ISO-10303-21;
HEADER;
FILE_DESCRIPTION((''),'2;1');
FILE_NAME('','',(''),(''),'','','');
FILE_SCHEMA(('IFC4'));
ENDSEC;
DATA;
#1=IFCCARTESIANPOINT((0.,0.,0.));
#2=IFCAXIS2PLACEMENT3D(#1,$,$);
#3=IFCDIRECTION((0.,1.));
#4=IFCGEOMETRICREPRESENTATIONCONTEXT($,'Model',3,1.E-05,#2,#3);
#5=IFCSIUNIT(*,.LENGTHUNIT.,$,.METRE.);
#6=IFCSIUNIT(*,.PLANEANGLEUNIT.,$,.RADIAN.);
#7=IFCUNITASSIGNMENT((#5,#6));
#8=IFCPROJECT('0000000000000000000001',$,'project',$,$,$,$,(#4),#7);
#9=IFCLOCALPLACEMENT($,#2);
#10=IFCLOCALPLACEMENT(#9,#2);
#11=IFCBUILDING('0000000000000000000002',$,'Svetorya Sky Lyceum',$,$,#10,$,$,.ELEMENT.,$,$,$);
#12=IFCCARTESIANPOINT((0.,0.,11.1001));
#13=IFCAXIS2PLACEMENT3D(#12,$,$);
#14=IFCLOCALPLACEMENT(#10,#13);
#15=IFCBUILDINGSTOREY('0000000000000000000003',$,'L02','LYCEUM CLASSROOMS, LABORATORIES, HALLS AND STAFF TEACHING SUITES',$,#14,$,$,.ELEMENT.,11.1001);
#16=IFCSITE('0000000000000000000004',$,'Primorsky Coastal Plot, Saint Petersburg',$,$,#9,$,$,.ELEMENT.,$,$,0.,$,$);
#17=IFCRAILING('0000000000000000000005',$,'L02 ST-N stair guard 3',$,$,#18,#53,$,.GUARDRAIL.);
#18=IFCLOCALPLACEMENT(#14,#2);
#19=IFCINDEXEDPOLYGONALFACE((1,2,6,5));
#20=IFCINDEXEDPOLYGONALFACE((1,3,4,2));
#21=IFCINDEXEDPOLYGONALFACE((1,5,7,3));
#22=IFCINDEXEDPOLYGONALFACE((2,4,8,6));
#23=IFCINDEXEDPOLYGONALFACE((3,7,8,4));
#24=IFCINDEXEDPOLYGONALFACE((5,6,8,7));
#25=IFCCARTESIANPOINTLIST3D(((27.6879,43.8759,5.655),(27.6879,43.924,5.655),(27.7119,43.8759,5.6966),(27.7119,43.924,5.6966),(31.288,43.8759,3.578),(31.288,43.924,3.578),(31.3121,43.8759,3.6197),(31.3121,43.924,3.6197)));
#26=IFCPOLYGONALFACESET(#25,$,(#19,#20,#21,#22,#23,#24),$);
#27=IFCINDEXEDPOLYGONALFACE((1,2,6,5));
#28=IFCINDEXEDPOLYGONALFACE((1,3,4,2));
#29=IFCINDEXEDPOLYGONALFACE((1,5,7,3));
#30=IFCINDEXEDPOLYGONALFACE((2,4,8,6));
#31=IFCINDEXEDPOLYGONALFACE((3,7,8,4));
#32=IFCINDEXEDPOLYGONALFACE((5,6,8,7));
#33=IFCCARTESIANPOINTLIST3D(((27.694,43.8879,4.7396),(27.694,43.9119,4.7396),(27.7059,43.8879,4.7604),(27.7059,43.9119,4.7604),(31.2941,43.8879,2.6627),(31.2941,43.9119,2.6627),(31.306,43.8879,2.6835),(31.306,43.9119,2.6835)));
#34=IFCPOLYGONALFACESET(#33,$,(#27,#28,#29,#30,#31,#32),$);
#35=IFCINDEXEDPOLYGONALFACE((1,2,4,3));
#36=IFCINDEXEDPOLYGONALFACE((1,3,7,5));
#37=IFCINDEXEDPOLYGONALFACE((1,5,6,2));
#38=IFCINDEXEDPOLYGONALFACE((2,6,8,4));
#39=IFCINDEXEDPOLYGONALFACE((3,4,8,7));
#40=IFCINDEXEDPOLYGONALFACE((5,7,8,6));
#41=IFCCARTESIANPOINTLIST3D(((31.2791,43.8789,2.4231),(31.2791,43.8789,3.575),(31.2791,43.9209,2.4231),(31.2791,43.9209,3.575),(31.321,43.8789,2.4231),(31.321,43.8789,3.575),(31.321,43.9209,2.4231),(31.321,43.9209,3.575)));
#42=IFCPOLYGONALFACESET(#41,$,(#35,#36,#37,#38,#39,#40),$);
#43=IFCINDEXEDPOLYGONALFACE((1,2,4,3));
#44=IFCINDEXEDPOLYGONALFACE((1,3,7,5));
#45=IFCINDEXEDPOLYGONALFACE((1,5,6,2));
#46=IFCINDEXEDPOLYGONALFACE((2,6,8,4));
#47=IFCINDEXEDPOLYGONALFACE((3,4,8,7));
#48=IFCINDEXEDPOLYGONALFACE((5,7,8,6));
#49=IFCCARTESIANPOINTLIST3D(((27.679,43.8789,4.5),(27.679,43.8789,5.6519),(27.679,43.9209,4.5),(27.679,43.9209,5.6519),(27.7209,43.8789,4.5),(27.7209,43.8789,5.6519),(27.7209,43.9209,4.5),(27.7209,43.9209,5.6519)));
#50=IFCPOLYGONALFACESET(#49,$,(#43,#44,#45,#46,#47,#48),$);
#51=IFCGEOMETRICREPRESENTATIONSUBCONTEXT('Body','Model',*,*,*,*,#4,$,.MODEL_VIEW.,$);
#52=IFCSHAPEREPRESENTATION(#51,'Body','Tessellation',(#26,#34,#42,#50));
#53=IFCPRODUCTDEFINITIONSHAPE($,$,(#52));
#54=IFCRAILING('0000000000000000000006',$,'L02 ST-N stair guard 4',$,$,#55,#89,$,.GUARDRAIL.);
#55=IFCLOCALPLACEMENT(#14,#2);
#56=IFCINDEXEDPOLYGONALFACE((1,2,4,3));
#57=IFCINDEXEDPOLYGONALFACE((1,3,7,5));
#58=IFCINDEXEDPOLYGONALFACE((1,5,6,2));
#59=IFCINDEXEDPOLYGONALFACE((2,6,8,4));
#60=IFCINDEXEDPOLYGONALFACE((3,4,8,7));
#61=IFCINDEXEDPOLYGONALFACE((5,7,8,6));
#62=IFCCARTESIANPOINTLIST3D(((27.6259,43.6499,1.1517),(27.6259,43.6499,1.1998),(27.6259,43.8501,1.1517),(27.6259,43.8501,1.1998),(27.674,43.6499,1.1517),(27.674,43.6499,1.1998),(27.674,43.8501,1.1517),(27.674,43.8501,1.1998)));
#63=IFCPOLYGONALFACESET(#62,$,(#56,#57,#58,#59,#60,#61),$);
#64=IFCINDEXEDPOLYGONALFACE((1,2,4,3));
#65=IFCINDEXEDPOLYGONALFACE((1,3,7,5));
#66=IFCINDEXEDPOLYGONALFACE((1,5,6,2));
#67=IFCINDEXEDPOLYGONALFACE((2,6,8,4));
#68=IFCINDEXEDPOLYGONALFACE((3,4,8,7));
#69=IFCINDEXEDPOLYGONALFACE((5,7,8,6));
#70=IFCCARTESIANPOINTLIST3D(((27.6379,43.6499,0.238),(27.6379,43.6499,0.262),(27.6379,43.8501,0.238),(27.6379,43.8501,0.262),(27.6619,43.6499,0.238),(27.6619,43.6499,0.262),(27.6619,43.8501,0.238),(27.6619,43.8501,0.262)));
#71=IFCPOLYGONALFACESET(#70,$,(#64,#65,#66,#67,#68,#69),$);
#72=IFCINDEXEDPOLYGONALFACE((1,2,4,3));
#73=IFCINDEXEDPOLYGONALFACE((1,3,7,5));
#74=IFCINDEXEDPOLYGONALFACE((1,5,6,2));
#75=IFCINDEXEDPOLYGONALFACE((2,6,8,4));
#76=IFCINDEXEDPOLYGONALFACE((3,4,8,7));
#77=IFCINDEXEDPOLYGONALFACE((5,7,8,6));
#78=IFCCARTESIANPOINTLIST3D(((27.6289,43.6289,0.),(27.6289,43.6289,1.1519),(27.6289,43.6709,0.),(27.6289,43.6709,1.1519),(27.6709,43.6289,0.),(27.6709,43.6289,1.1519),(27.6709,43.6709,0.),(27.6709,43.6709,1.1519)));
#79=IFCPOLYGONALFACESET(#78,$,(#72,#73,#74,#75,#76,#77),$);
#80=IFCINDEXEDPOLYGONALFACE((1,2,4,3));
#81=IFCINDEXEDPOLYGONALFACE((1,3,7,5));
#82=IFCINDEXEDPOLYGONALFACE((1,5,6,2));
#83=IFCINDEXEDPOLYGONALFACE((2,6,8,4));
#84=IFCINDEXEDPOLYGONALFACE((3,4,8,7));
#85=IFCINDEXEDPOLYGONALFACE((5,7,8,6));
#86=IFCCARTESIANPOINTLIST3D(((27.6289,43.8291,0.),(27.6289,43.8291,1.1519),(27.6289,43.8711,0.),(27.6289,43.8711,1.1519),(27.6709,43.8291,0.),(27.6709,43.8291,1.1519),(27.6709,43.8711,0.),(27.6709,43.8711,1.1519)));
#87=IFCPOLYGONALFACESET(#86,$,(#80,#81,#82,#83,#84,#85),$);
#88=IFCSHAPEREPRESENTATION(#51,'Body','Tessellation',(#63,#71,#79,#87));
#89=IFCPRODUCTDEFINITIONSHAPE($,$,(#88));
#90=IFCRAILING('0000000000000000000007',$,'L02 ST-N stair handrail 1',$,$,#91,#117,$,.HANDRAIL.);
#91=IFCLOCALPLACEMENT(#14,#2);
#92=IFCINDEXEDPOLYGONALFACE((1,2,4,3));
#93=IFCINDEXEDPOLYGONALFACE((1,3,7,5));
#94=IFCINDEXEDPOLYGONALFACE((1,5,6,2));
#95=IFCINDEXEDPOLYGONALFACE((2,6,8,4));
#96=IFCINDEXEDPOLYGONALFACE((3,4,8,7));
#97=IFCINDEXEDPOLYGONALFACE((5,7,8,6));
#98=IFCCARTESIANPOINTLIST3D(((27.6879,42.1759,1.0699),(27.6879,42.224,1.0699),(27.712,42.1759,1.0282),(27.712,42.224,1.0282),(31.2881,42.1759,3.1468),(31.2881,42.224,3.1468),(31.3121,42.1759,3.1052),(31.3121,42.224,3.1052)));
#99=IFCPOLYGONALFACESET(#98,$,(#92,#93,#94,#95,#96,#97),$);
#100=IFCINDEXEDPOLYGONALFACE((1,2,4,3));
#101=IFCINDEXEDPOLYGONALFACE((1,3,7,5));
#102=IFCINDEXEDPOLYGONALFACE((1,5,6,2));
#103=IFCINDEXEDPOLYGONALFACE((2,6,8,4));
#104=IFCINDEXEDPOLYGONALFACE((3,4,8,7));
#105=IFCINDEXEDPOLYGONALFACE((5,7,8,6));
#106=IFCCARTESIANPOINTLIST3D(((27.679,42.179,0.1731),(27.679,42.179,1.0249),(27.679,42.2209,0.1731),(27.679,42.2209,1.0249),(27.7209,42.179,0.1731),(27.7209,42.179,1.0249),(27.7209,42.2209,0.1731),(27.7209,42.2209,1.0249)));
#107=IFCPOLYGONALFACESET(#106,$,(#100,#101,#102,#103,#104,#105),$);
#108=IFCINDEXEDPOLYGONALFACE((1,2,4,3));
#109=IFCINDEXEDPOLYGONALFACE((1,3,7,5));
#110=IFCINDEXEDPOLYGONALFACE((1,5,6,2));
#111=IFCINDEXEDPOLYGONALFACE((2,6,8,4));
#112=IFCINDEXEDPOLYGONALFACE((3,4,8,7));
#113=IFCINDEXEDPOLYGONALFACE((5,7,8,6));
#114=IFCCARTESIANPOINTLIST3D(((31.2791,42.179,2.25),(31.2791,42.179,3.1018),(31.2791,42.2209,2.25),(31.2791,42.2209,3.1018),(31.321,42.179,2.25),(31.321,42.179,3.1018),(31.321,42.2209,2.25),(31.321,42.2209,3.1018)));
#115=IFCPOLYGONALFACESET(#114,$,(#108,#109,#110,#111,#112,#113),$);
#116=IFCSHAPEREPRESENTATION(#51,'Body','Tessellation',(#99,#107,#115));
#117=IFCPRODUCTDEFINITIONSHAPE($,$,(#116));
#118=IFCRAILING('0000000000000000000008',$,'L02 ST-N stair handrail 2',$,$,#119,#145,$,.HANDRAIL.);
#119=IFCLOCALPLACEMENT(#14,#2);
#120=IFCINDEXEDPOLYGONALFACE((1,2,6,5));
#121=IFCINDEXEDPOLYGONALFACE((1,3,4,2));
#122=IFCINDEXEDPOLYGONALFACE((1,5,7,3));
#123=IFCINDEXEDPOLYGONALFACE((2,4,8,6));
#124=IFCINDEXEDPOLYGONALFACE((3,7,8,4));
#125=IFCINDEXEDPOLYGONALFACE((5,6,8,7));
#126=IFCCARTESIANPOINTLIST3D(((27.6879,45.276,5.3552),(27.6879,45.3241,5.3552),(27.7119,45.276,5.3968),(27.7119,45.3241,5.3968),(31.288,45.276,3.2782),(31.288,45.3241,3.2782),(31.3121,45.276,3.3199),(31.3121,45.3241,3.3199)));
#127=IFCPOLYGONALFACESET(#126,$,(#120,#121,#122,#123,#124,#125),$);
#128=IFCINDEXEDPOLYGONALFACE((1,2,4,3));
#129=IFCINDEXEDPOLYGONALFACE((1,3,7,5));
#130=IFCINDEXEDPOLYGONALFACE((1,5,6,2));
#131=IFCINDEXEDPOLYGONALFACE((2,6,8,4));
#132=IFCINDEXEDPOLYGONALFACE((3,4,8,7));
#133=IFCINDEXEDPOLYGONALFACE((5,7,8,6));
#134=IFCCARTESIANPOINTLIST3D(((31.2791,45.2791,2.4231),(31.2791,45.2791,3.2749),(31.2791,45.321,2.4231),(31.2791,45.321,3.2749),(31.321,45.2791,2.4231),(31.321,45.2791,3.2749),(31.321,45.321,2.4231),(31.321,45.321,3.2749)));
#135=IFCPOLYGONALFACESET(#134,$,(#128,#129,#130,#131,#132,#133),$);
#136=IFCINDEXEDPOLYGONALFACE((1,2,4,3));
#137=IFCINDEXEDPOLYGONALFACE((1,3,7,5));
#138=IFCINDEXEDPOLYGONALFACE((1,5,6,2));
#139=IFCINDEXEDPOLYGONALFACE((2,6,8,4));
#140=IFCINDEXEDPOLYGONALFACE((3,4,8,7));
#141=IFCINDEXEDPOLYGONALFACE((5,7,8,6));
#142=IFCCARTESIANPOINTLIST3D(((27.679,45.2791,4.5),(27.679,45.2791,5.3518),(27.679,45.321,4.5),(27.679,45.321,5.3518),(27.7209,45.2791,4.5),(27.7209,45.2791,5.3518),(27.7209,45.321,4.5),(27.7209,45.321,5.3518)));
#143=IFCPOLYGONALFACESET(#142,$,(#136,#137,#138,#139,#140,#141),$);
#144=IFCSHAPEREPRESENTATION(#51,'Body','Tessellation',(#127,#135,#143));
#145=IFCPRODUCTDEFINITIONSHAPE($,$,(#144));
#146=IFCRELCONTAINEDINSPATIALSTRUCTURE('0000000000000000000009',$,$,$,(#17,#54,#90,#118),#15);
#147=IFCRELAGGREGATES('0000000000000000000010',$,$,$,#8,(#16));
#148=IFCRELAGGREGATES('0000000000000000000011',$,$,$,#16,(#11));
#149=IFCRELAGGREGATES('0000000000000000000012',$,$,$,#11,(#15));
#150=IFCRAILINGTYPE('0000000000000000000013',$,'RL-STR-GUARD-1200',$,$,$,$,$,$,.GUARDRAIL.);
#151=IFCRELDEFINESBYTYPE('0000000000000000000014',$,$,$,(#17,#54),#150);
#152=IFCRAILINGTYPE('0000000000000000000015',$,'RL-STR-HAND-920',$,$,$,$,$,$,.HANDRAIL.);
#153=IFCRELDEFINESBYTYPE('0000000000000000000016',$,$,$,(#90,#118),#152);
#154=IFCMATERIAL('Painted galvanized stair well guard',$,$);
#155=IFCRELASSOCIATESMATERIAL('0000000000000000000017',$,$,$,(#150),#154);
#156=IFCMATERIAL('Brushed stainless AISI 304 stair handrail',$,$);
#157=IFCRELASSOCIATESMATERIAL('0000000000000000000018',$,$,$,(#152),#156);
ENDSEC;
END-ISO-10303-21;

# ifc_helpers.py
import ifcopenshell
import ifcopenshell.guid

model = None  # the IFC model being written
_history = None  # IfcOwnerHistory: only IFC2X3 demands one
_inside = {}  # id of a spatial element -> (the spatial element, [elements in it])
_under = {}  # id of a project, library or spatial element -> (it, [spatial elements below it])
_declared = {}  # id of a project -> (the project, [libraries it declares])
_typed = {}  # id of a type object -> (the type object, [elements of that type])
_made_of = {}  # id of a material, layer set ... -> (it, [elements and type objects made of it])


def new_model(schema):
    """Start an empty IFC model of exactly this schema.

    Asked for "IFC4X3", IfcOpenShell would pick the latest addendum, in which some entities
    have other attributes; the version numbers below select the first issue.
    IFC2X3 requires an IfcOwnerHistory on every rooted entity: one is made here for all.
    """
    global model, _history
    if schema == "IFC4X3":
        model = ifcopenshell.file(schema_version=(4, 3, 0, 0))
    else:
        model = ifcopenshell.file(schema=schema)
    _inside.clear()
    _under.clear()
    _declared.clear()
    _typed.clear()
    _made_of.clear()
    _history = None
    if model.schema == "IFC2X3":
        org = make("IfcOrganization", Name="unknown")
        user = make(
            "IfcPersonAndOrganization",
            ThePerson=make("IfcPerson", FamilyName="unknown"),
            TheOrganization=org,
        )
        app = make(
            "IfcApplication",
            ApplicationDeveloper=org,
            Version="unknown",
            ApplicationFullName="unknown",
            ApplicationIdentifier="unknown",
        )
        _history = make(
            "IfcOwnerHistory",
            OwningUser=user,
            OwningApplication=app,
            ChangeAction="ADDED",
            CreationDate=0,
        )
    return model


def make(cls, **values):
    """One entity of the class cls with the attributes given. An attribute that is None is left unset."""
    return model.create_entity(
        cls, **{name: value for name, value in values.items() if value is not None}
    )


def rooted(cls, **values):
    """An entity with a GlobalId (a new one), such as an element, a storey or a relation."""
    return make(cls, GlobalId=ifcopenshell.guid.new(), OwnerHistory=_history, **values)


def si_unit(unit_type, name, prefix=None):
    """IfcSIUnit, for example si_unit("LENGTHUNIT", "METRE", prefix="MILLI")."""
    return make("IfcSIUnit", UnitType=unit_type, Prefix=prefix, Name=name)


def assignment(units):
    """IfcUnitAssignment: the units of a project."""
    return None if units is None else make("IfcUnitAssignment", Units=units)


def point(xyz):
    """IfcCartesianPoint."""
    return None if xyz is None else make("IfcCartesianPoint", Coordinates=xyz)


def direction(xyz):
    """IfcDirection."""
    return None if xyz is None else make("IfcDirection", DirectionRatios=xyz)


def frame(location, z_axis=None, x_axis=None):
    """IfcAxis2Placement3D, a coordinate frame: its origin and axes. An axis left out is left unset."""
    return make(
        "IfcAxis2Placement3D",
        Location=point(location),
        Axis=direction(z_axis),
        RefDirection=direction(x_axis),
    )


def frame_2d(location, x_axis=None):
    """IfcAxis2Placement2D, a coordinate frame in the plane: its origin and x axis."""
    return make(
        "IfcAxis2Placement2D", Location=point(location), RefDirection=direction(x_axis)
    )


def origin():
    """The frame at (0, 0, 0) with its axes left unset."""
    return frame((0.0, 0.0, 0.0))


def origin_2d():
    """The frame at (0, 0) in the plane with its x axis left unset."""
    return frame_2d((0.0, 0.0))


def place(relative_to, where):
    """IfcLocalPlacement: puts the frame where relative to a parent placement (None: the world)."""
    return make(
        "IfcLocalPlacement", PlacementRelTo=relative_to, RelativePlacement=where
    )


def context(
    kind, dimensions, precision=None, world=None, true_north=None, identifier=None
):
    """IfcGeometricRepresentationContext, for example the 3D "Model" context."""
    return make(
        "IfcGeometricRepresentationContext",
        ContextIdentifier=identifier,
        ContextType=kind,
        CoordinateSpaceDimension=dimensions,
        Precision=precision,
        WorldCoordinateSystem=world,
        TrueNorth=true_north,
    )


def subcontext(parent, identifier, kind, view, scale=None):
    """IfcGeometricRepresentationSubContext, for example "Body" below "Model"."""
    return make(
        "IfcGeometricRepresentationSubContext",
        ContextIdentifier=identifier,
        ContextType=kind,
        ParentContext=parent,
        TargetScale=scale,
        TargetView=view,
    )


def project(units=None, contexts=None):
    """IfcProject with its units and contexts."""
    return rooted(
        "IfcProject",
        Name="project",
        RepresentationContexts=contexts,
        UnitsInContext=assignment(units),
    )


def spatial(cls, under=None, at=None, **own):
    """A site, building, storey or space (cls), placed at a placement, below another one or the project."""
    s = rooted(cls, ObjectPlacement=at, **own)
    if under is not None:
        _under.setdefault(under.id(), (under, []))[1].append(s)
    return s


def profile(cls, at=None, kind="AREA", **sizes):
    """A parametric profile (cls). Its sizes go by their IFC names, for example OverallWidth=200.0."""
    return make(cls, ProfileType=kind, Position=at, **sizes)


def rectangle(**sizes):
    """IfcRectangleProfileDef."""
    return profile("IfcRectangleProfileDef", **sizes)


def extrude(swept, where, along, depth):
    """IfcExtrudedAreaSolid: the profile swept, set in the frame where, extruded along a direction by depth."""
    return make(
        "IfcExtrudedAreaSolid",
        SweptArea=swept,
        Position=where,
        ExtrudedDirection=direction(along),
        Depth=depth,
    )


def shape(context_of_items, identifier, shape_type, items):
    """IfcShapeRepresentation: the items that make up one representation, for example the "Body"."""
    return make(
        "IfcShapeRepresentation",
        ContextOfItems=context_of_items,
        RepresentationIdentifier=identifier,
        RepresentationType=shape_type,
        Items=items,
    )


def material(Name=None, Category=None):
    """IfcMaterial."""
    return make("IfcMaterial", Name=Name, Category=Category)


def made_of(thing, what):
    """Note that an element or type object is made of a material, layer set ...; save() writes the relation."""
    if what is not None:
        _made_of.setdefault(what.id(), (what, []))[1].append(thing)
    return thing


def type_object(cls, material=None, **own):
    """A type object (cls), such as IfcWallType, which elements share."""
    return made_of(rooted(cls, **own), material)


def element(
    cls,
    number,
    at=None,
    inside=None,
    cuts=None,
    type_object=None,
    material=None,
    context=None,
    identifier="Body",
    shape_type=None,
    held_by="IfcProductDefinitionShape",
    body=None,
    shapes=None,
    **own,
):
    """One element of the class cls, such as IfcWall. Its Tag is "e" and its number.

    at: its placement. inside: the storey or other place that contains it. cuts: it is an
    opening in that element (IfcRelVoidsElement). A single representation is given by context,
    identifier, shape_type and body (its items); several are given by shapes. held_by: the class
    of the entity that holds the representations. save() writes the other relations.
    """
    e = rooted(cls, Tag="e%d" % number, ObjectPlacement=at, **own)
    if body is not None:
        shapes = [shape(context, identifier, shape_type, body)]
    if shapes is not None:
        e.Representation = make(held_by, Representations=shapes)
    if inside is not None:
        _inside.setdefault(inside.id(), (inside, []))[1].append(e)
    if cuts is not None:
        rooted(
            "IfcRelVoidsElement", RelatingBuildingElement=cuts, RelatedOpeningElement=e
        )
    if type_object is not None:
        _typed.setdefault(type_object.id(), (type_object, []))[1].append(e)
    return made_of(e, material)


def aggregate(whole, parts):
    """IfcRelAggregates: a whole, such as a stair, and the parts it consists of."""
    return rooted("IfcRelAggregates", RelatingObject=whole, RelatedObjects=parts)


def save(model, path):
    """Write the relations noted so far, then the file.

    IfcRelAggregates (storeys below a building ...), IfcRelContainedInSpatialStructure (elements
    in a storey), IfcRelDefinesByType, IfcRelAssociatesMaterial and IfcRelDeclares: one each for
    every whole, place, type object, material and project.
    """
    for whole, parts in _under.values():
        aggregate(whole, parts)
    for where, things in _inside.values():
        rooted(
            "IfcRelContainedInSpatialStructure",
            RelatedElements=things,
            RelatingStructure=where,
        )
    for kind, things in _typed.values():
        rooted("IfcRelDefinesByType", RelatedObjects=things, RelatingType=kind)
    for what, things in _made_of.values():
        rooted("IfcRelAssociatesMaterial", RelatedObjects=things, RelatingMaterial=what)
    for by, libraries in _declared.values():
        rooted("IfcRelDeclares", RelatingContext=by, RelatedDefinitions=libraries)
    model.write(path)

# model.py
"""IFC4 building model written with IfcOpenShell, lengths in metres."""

from ifc_helpers import new_model, si_unit, direction, frame, origin, origin_2d, place, context, subcontext, project, spatial, rectangle, extrude, material, type_object, element, save


model = new_model("IFC4")

# Units and contexts
model_context = context("Model", 3, precision=1e-05, world=origin(), true_north=direction((0.0, 1.0)))
body_context = subcontext(model_context, "Body", "Model", "MODEL_VIEW")
ifc_project = project(units=[si_unit("LENGTHUNIT", "METRE"), si_unit("PLANEANGLEUNIT", "RADIAN")], contexts=[model_context])

# Site, building, storey
site_placement = place(None, origin())
site = spatial("IfcSite", under=ifc_project, at=site_placement, Name="Primorsky Coastal Plot, Saint Petersburg", CompositionType="ELEMENT", RefElevation=0.0)
building_placement = place(site_placement, origin())
building = spatial("IfcBuilding", under=site, at=building_placement, Name="Svetorya Sky Lyceum", CompositionType="ELEMENT")
storey_placement = place(building_placement, frame((0.0, 0.0, 11.1001)))
storey = spatial("IfcBuildingStorey", under=building, at=storey_placement, Name="L02", Description="LYCEUM CLASSROOMS, LABORATORIES, HALLS AND STAFF TEACHING SUITES", CompositionType="ELEMENT", Elevation=11.1001)

# Railings
ifc_material_1 = material(Name="Painted galvanized stair well guard")
railing_type_1 = type_object("IfcRailingType", Name="RL-STR-GUARD-1200", PredefinedType="GUARDRAIL", material=ifc_material_1)
railing_1_placement = place(storey_placement, frame((31.3, 43.8999, 2.4231)))
element("IfcRailing", 1, at=railing_1_placement, inside=storey, type_object=railing_type_1, Name="L02 ST-N stair guard 3", PredefinedType="GUARDRAIL", context=body_context, shape_type="SweptSolid", body=[
    extrude(rectangle(XDim=0.0481, YDim=0.0481, at=origin_2d()), frame((0.0, 0.0, 1.1758), z_axis=(-0.866193, 0.0, 0.499709), x_axis=(0.0, -1.0, 0.0)), (0.0, 0.0, 1.0), 4.1562),
    extrude(rectangle(XDim=0.0239, YDim=0.0239, at=origin_2d()), frame((0.0, 0.0, 0.25), z_axis=(-0.866193, 0.0, 0.499709), x_axis=(0.0, -1.0, 0.0)), (0.0, 0.0, 1.0), 4.1562),
    extrude(rectangle(XDim=0.042, YDim=0.042, at=origin_2d()), origin(), (0.0, 0.0, 1.0), 1.1519),
    extrude(rectangle(XDim=0.042, YDim=0.042, at=origin_2d()), frame((-3.6001, 0.0, 2.0769)), (0.0, 0.0, 1.0), 1.1519),
])
railing_2_placement = place(storey_placement, frame((27.6499, 43.6499, 0.0)))
element("IfcRailing", 2, at=railing_2_placement, inside=storey, type_object=railing_type_1, Name="L02 ST-N stair guard 4", PredefinedType="GUARDRAIL", context=body_context, shape_type="SweptSolid", body=[
    extrude(rectangle(XDim=0.0481, YDim=0.0481, at=origin_2d()), frame((0.0, 0.0, 1.1758), z_axis=(0.0, 1.0, 0.0), x_axis=(-1.0, 0.0, 0.0)), (0.0, 0.0, 1.0), 0.2002),
    extrude(rectangle(XDim=0.0239, YDim=0.0239, at=origin_2d()), frame((0.0, 0.0, 0.25), z_axis=(0.0, 1.0, 0.0), x_axis=(-1.0, 0.0, 0.0)), (0.0, 0.0, 1.0), 0.2002),
    extrude(rectangle(XDim=0.042, YDim=0.042, at=origin_2d()), origin(), (0.0, 0.0, 1.0), 1.1519),
    extrude(rectangle(XDim=0.042, YDim=0.042, at=origin_2d()), frame((0.0, 0.2002, 0.0)), (0.0, 0.0, 1.0), 1.1519),
])
ifc_material_2 = material(Name="Brushed stainless AISI 304 stair handrail")
railing_type_2 = type_object("IfcRailingType", Name="RL-STR-HAND-920", PredefinedType="HANDRAIL", material=ifc_material_2)
railing_3_placement = place(storey_placement, frame((27.7, 42.2, 0.1731)))
element("IfcRailing", 3, at=railing_3_placement, inside=storey, type_object=railing_type_2, Name="L02 ST-N stair handrail 1", PredefinedType="HANDRAIL", context=body_context, shape_type="SweptSolid", body=[
    extrude(rectangle(XDim=0.0481, YDim=0.0481, at=origin_2d()), frame((0.0, 0.0, 0.876), z_axis=(0.866193, 0.0, 0.499709), x_axis=(0.0, 1.0, 0.0)), (0.0, 0.0, 1.0), 4.1562),
    extrude(rectangle(XDim=0.042, YDim=0.042, at=origin_2d()), origin(), (0.0, 0.0, 1.0), 0.8518),
    extrude(rectangle(XDim=0.042, YDim=0.042, at=origin_2d()), frame((3.6001, 0.0, 2.0769)), (0.0, 0.0, 1.0), 0.8518),
])
railing_4_placement = place(storey_placement, frame((31.3, 45.3, 2.4231)))
element("IfcRailing", 4, at=railing_4_placement, inside=storey, type_object=railing_type_2, Name="L02 ST-N stair handrail 2", PredefinedType="HANDRAIL", context=body_context, shape_type="SweptSolid", body=[
    extrude(rectangle(XDim=0.0481, YDim=0.0481, at=origin_2d()), frame((0.0, 0.0, 0.876), z_axis=(-0.866193, 0.0, 0.499709), x_axis=(0.0, -1.0, 0.0)), (0.0, 0.0, 1.0), 4.1562),
    extrude(rectangle(XDim=0.042, YDim=0.042, at=origin_2d()), origin(), (0.0, 0.0, 1.0), 0.8518),
    extrude(rectangle(XDim=0.042, YDim=0.042, at=origin_2d()), frame((-3.6001, 0.0, 2.0769)), (0.0, 0.0, 1.0), 0.8518),
])

save(model, "model.ifc")
